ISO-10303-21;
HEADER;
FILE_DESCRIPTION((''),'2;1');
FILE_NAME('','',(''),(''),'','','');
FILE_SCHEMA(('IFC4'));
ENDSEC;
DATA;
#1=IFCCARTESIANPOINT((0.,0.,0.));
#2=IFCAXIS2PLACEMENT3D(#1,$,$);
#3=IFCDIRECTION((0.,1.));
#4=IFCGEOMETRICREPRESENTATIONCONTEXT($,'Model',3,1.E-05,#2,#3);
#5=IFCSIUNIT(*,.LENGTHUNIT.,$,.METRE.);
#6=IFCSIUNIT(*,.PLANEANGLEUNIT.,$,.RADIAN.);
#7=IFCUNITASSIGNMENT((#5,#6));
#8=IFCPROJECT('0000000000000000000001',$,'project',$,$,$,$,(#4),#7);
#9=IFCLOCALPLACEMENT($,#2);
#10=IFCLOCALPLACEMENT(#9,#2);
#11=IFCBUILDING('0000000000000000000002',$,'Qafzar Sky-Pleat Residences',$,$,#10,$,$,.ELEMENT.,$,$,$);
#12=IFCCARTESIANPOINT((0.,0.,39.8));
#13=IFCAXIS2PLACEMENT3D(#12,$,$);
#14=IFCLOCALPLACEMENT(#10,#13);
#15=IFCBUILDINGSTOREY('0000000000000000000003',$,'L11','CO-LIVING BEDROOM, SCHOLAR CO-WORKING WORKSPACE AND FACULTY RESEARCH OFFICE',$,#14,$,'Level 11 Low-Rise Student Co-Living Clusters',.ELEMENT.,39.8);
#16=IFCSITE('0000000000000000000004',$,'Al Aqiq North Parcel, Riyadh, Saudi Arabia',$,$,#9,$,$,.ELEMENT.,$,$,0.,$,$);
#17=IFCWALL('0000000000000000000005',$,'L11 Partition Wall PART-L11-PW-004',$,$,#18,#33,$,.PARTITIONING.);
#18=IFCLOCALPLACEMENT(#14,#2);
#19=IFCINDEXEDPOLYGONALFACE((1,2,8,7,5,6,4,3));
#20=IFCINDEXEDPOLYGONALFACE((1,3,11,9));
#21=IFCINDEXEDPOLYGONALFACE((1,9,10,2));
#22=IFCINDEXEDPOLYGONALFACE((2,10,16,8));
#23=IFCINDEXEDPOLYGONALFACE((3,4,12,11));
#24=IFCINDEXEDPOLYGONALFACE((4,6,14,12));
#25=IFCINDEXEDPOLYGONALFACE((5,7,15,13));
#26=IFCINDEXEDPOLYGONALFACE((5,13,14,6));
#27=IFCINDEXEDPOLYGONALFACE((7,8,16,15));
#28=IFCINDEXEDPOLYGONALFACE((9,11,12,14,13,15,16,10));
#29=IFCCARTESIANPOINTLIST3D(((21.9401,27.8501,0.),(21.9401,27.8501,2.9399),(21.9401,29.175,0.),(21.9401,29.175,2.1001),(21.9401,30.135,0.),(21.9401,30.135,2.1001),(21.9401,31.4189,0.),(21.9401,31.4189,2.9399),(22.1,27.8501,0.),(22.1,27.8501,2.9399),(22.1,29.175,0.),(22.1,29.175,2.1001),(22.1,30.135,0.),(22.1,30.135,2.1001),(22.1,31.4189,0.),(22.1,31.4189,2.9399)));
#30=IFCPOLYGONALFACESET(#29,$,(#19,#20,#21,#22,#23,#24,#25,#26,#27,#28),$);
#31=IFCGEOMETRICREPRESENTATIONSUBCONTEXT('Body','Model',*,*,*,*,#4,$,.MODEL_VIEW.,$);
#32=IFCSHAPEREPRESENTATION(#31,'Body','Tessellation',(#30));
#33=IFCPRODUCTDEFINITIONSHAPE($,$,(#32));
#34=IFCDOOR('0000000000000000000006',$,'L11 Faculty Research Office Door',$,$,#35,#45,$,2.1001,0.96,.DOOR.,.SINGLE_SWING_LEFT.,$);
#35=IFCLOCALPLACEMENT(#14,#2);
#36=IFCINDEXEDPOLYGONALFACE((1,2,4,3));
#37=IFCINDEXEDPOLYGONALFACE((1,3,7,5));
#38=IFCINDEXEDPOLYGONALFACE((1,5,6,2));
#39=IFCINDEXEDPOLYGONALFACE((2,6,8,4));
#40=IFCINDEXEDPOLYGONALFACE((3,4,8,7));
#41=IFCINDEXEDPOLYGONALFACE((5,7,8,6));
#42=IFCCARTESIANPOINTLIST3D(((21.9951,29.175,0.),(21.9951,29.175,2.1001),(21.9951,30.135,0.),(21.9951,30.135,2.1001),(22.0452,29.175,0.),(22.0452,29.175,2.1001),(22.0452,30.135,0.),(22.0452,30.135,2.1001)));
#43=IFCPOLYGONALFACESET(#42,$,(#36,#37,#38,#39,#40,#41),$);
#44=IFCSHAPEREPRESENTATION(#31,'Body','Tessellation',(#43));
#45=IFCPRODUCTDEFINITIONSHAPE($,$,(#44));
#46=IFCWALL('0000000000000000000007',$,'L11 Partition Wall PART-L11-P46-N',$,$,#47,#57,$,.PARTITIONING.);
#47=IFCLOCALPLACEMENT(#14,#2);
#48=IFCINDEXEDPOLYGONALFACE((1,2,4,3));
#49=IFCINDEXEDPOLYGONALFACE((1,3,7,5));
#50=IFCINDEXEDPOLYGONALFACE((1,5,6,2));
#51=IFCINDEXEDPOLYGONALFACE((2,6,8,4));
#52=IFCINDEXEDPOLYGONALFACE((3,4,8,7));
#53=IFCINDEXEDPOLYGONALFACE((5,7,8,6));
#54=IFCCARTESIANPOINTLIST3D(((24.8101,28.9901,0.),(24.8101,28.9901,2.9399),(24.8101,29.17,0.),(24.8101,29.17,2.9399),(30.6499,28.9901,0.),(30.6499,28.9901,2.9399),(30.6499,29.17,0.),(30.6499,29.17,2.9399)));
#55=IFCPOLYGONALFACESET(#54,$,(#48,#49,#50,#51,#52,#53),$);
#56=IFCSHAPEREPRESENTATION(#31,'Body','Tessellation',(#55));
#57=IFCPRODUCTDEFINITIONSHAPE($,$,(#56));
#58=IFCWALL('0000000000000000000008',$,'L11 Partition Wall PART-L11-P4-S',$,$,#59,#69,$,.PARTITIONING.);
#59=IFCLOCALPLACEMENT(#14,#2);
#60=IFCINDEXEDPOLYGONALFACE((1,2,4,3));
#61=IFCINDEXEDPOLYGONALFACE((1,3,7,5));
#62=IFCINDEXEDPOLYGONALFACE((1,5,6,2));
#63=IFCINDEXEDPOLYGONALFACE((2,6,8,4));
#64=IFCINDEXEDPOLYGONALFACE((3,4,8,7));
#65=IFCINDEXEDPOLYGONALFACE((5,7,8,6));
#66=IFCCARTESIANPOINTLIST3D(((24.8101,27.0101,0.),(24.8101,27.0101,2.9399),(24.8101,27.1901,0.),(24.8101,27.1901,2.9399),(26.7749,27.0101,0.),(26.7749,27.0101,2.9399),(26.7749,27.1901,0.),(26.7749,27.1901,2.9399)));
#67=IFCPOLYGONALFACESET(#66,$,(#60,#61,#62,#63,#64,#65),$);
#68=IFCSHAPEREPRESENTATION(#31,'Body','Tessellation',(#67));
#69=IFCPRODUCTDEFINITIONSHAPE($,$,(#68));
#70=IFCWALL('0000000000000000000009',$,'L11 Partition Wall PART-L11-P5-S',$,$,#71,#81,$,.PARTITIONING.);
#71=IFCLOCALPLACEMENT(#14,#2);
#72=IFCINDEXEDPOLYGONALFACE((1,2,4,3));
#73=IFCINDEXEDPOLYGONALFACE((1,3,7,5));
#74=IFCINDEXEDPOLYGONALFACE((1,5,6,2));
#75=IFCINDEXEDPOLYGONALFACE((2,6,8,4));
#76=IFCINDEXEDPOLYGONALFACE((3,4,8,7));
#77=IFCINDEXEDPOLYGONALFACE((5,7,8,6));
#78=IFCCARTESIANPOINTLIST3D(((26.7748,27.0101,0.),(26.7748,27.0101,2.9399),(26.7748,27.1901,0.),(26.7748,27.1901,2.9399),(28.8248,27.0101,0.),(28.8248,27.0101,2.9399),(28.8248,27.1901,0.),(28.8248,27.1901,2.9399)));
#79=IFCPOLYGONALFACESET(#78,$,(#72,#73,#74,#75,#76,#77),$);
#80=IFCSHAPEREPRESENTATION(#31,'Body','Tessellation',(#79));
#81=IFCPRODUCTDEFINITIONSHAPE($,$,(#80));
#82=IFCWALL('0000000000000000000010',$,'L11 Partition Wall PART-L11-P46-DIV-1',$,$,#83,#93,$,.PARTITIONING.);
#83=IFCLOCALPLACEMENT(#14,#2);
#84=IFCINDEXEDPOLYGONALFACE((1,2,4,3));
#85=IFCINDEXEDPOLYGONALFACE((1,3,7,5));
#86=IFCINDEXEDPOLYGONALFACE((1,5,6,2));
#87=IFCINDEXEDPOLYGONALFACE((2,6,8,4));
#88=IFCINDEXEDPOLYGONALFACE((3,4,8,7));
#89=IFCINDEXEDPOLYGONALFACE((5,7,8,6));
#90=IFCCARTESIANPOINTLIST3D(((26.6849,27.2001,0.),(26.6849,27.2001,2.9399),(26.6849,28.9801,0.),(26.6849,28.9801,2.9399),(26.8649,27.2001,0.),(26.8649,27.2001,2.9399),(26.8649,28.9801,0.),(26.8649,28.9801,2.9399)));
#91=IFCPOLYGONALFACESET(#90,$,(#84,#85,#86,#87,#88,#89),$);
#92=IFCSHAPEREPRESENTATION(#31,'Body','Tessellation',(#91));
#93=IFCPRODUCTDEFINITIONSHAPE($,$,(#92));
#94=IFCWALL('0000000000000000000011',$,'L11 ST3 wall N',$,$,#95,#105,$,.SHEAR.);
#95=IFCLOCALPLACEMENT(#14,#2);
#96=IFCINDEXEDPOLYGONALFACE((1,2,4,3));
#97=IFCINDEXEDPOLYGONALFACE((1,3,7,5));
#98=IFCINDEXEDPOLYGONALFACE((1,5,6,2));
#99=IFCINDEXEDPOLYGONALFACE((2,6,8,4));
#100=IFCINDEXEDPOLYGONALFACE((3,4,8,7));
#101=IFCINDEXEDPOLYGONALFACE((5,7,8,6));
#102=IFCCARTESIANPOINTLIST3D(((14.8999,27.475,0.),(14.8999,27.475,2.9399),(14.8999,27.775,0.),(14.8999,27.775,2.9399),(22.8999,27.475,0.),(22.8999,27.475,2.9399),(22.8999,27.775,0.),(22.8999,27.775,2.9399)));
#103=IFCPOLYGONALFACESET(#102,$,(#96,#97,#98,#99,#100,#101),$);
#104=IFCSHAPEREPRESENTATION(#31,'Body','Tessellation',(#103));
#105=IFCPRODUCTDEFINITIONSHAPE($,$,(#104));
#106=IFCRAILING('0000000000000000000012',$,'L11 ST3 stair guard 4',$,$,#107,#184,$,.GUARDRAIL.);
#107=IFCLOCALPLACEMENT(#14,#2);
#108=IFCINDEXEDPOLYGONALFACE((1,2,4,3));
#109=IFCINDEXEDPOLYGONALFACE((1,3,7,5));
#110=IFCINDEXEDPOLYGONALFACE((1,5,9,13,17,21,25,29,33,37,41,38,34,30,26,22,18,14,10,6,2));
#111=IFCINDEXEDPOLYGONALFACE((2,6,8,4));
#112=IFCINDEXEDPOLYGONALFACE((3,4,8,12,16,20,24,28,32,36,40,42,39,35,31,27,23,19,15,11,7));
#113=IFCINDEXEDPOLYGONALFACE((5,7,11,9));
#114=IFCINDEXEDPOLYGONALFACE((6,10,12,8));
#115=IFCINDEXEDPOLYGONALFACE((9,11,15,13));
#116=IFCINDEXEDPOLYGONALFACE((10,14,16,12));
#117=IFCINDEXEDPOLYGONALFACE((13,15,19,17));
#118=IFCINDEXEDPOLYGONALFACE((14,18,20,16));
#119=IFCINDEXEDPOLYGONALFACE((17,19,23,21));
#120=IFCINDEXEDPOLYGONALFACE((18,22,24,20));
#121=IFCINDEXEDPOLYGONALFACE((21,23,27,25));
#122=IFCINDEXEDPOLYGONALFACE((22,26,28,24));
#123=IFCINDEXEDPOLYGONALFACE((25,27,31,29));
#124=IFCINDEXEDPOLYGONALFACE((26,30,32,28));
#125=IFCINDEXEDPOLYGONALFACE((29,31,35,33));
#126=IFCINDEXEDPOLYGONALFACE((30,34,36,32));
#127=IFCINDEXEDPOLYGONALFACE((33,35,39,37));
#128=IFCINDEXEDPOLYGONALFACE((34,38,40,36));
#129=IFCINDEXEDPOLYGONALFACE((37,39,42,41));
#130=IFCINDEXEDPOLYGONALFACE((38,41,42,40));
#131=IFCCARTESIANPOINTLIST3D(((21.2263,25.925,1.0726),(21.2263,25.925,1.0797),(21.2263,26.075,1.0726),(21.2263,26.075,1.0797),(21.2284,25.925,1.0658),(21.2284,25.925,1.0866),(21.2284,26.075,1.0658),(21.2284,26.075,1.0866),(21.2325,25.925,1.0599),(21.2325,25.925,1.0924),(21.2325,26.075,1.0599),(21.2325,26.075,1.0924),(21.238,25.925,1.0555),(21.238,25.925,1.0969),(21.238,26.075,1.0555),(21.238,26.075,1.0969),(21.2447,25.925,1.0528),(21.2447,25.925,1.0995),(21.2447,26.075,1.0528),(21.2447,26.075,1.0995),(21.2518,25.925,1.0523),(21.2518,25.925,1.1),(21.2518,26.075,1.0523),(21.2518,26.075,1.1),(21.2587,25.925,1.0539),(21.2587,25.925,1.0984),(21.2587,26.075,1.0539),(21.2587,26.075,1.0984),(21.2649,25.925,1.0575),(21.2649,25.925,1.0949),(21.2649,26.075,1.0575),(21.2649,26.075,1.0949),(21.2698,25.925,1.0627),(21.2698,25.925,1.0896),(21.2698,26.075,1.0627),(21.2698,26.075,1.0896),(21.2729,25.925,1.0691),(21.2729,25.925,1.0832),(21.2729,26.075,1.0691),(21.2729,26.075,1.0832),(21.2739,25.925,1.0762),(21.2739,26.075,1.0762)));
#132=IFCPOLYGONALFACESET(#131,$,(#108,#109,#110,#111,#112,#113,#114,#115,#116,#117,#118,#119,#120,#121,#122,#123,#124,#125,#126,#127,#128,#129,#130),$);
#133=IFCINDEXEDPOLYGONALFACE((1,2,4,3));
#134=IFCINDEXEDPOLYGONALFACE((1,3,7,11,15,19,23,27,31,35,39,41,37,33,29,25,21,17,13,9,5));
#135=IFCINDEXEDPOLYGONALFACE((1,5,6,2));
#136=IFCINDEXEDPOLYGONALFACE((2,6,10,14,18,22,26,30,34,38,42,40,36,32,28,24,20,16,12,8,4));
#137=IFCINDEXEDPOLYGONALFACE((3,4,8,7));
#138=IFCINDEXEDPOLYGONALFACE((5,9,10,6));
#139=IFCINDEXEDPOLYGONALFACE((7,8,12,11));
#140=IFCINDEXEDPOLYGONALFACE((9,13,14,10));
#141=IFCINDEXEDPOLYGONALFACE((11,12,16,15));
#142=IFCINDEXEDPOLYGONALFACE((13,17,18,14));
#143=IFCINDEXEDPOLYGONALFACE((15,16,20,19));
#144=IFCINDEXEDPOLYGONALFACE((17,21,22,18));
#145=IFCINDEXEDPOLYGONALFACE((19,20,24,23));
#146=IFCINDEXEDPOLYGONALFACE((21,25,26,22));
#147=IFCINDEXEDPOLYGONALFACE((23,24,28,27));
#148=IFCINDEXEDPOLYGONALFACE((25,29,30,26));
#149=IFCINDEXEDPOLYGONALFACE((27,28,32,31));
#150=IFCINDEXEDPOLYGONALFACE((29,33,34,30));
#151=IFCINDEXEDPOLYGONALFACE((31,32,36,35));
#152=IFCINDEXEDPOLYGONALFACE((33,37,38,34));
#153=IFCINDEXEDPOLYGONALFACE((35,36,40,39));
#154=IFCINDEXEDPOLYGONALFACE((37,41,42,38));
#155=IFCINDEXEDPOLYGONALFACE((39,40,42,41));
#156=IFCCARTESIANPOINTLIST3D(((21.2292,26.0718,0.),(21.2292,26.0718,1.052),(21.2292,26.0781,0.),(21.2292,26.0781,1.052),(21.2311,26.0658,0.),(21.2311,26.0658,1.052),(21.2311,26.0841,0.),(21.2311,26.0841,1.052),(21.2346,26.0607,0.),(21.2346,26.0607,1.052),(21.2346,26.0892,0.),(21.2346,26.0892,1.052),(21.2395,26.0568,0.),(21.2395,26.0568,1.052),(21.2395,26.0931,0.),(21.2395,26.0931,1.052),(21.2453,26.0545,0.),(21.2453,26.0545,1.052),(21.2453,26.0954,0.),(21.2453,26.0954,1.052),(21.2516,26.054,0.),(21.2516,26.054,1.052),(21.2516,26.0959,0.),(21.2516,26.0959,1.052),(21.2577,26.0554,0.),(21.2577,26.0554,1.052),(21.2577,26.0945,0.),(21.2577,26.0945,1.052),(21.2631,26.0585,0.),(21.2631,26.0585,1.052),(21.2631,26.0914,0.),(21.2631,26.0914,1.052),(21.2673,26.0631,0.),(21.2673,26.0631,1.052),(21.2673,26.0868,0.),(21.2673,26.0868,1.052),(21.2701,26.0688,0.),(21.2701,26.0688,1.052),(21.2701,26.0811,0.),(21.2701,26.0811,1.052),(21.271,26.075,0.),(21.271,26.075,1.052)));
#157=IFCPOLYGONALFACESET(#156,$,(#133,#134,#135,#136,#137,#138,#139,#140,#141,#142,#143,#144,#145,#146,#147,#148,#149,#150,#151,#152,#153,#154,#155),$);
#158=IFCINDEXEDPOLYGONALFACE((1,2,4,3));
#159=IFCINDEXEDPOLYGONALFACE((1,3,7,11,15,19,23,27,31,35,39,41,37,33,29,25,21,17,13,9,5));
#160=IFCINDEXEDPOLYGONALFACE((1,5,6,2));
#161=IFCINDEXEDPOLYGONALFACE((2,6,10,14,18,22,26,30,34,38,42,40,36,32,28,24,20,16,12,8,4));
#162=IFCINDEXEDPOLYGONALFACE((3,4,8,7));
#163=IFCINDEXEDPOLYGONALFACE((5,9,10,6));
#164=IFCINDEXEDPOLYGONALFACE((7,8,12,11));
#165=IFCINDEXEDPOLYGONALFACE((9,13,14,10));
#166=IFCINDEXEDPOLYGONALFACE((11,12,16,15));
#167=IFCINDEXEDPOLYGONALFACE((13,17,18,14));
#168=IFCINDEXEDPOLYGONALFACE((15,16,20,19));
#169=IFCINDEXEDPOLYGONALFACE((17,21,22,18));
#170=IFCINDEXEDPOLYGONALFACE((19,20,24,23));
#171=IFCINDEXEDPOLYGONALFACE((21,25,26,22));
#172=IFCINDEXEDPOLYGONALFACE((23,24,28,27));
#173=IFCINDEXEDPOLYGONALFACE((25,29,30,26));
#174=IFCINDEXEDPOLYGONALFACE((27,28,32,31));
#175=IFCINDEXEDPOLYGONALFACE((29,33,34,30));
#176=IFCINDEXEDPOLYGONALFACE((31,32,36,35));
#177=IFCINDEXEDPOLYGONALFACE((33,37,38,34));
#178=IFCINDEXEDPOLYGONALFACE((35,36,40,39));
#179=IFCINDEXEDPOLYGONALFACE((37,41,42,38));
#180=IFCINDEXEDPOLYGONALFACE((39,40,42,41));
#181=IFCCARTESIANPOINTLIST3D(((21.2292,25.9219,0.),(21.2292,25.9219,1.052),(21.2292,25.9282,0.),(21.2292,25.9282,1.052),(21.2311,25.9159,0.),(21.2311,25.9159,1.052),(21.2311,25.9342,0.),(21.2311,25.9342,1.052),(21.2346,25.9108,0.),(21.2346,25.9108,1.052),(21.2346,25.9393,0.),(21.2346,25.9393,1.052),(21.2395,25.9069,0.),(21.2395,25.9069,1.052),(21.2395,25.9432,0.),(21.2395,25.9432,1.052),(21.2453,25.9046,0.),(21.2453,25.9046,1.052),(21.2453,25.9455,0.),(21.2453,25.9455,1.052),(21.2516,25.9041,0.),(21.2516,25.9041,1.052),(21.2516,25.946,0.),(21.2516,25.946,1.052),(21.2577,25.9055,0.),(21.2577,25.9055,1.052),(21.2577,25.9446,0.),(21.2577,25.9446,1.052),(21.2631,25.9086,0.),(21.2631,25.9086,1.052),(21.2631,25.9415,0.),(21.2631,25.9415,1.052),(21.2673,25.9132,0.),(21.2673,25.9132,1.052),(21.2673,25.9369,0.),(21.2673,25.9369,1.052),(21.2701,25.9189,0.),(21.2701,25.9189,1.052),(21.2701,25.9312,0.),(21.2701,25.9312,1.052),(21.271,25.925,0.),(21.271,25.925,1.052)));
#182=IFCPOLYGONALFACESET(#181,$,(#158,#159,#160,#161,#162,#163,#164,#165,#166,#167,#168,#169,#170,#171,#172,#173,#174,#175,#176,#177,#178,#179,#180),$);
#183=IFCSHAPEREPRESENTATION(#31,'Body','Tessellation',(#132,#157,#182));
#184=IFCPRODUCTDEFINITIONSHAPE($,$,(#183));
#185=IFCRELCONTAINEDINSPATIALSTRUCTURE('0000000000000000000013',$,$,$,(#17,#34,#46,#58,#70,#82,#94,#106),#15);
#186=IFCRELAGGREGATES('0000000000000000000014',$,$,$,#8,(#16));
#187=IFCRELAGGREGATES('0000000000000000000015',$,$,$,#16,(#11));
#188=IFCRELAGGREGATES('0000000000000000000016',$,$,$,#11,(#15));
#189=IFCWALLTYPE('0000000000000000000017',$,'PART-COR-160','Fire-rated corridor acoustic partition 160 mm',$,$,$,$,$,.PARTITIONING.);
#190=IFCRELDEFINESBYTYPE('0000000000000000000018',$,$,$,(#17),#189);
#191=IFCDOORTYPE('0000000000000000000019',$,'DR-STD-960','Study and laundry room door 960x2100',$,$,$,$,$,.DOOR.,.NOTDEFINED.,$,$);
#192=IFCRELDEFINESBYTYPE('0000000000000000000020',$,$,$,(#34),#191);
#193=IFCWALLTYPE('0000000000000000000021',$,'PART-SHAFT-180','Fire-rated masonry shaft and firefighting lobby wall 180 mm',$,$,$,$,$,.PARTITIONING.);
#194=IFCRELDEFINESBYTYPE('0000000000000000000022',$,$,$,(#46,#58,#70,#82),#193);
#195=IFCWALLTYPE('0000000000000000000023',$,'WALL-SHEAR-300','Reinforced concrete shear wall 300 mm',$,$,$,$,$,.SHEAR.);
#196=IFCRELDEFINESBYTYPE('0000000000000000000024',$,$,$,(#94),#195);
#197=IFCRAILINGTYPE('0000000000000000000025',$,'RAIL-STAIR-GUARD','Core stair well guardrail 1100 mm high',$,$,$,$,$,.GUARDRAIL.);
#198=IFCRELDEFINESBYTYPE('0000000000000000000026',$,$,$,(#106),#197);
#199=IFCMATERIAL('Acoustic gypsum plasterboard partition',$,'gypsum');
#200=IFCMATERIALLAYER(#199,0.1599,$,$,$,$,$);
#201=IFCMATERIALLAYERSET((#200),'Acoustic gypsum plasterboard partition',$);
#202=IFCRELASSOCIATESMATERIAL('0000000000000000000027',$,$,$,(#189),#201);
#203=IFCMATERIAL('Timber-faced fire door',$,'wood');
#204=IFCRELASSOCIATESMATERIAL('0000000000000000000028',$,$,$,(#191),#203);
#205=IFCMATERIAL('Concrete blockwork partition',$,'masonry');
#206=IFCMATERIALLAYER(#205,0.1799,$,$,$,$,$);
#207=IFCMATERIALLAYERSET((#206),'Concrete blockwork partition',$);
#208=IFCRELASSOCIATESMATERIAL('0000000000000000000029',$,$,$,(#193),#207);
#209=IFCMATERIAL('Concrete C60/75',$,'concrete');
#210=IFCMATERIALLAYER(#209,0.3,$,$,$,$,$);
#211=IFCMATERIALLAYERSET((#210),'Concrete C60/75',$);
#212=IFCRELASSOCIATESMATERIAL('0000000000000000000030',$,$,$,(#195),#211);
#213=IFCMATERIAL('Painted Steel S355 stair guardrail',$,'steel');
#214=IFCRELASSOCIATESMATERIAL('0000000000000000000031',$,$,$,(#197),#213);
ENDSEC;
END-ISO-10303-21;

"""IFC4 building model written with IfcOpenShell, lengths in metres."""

from ifc_helpers import new_model, si_unit, direction, frame, frame_2d, origin, origin_2d, place, context, subcontext, project, spatial, rectangle, circle, extrude, source, transform, mapped, material, layer, layer_set, type_object, element, fill, save


model = new_model("IFC4")

# Units and contexts
model_context = context("Model", 3, precision=1e-05, world=origin(), true_north=direction((0.0, 1.0)))
body_context = subcontext(model_context, "Body", "Model", "MODEL_VIEW")
ifc_project = project(units=[si_unit("LENGTHUNIT", "METRE"), si_unit("PLANEANGLEUNIT", "RADIAN")], contexts=[model_context])

# Site, building, storey
site_placement = place(None, origin())
site = spatial("IfcSite", under=ifc_project, at=site_placement, Name="Al Aqiq North Parcel, Riyadh, Saudi Arabia", CompositionType="ELEMENT", RefElevation=0.0)
building_placement = place(site_placement, origin())
building = spatial("IfcBuilding", under=site, at=building_placement, Name="Qafzar Sky-Pleat Residences", CompositionType="ELEMENT")
storey_placement = place(building_placement, frame((0.0, 0.0, 39.8)))
storey = spatial("IfcBuildingStorey", under=building, at=storey_placement, Name="L11", Description="CO-LIVING BEDROOM, SCHOLAR CO-WORKING WORKSPACE AND FACULTY RESEARCH OFFICE", LongName="Level 11 Low-Rise Student Co-Living Clusters", CompositionType="ELEMENT", Elevation=39.8)

# Wall, opening, door
ifc_material_1 = material(Name="Acoustic gypsum plasterboard partition", Category="gypsum")
ifc_layer_1 = layer(ifc_material_1, 0.1599)
ifc_layer_set_1 = layer_set([ifc_layer_1], Name="Acoustic gypsum plasterboard partition")
wall_type_1 = type_object("IfcWallType", Name="PART-COR-160", Description="Fire-rated corridor acoustic partition 160 mm", PredefinedType="PARTITIONING", material=ifc_layer_set_1)
wall_1_placement = place(storey_placement, frame((22.02, 27.8501, 0.0), z_axis=(0.0, 0.0, 1.0), x_axis=(0.0, 1.0, 0.0)))
wall_1 = element("IfcWall", 1, at=wall_1_placement, inside=storey, type_object=wall_type_1, Name="L11 Partition Wall PART-L11-PW-004", PredefinedType="PARTITIONING", context=body_context, shape_type="SweptSolid", body=[
    extrude(rectangle(XDim=3.5688, YDim=0.1599, at=frame_2d((1.7844, 0.0))), origin(), (0.0, 0.0, 1.0), 2.9399),
])
opening_1_placement = place(wall_1_placement, frame((1.325, 0.0, 0.0)))
opening_1 = element("IfcOpeningElement", 2, at=opening_1_placement, cuts=wall_1, PredefinedType="OPENING", context=body_context, shape_type="SweptSolid", body=[
    extrude(rectangle(XDim=0.96, YDim=2.1001, at=frame_2d((0.48, 1.05))), frame((0.0, 0.0898, 0.0), z_axis=(0.0, -1.0, 0.0), x_axis=(1.0, 0.0, 0.0)), (0.0, 0.0, 1.0), 0.1799),
])
ifc_material_2 = material(Name="Timber-faced fire door", Category="wood")
door_type_1 = type_object("IfcDoorType", Name="DR-STD-960", Description="Study and laundry room door 960x2100", OperationType="NOTDEFINED", PredefinedType="DOOR", material=ifc_material_2)
shared_shape_1 = source(origin(), body_context, "Body", "SweptSolid", [
    extrude(rectangle(XDim=0.96, YDim=2.1001, at=frame_2d((0.48, 1.05))), frame((0.0, 0.0249, 0.0), z_axis=(0.0, -1.0, 0.0), x_axis=(1.0, 0.0, 0.0)), (0.0, 0.0, 1.0), 0.05),
])
door_1_placement = place(opening_1_placement, origin())
door_1 = element("IfcDoor", 3, at=door_1_placement, inside=storey, type_object=door_type_1, Name="L11 Faculty Research Office Door", OperationType="SINGLE_SWING_LEFT", OverallHeight=2.1001, OverallWidth=0.96, PredefinedType="DOOR", context=body_context, shape_type="MappedRepresentation", body=[
    mapped(shared_shape_1, transform((0.0, 0.0, 0.0), x_axis=(1.0, 0.0, 0.0), y_axis=(0.0, 1.0, 0.0), z_axis=(0.0, 0.0, 1.0), scale=1.0)),
])
fill(opening_1, door_1)
ifc_material_3 = material(Name="Concrete blockwork partition", Category="masonry")
ifc_layer_2 = layer(ifc_material_3, 0.1799)
ifc_layer_set_2 = layer_set([ifc_layer_2], Name="Concrete blockwork partition")
wall_type_2 = type_object("IfcWallType", Name="PART-SHAFT-180", Description="Fire-rated masonry shaft and firefighting lobby wall 180 mm", PredefinedType="PARTITIONING", material=ifc_layer_set_2)

# Walls
wall_2_placement = place(storey_placement, frame((24.8101, 29.0801, 0.0), z_axis=(0.0, 0.0, 1.0), x_axis=(1.0, 0.0, 0.0)))
element("IfcWall", 4, at=wall_2_placement, inside=storey, type_object=wall_type_2, Name="L11 Partition Wall PART-L11-P46-N", PredefinedType="PARTITIONING", context=body_context, shape_type="SweptSolid", body=[
    extrude(rectangle(XDim=5.8398, YDim=0.1799, at=frame_2d((2.9199, 0.0))), origin(), (0.0, 0.0, 1.0), 2.9399),
])
wall_3_placement = place(storey_placement, frame((24.8101, 27.1001, 0.0), z_axis=(0.0, 0.0, 1.0), x_axis=(1.0, 0.0, 0.0)))
element("IfcWall", 5, at=wall_3_placement, inside=storey, type_object=wall_type_2, Name="L11 Partition Wall PART-L11-P4-S", PredefinedType="PARTITIONING", context=body_context, shape_type="SweptSolid", body=[
    extrude(rectangle(XDim=1.9648, YDim=0.1799, at=frame_2d((0.9824, 0.0))), origin(), (0.0, 0.0, 1.0), 2.9399),
])
wall_4_placement = place(storey_placement, frame((26.7749, 27.1001, 0.0), z_axis=(0.0, 0.0, 1.0), x_axis=(1.0, 0.0, 0.0)))
element("IfcWall", 6, at=wall_4_placement, inside=storey, type_object=wall_type_2, Name="L11 Partition Wall PART-L11-P5-S", PredefinedType="PARTITIONING", context=body_context, shape_type="SweptSolid", body=[
    extrude(rectangle(XDim=2.05, YDim=0.1799, at=frame_2d((1.0249, 0.0))), origin(), (0.0, 0.0, 1.0), 2.9399),
])
wall_5_placement = place(storey_placement, frame((26.7749, 27.2, 0.0), z_axis=(0.0, 0.0, 1.0), x_axis=(0.0, 1.0, 0.0)))
element("IfcWall", 7, at=wall_5_placement, inside=storey, type_object=wall_type_2, Name="L11 Partition Wall PART-L11-P46-DIV-1", PredefinedType="PARTITIONING", context=body_context, shape_type="SweptSolid", body=[
    extrude(rectangle(XDim=1.78, YDim=0.1799, at=frame_2d((0.8901, 0.0))), origin(), (0.0, 0.0, 1.0), 2.9399),
])
ifc_material_4 = material(Name="Concrete C60/75", Category="concrete")
ifc_layer_3 = layer(ifc_material_4, 0.3)
ifc_layer_set_3 = layer_set([ifc_layer_3], Name="Concrete C60/75")
wall_type_3 = type_object("IfcWallType", Name="WALL-SHEAR-300", Description="Reinforced concrete shear wall 300 mm", PredefinedType="SHEAR", material=ifc_layer_set_3)
wall_6_placement = place(storey_placement, frame((22.8999, 27.625, 0.0), z_axis=(0.0, 0.0, 1.0), x_axis=(-1.0, 0.0, 0.0)))
element("IfcWall", 8, at=wall_6_placement, inside=storey, type_object=wall_type_3, Name="L11 ST3 wall N", PredefinedType="SHEAR", context=body_context, shape_type="SweptSolid", body=[
    extrude(rectangle(XDim=8.0, YDim=0.3, at=frame_2d((4.0, 0.0))), origin(), (0.0, 0.0, 1.0), 2.9399),
])

# Railing
ifc_material_5 = material(Name="Painted Steel S355 stair guardrail", Category="steel")
railing_type_1 = type_object("IfcRailingType", Name="RAIL-STAIR-GUARD", Description="Core stair well guardrail 1100 mm high", PredefinedType="GUARDRAIL", material=ifc_material_5)
shared_shape_2 = source(origin(), body_context, "Body", "SweptSolid", [
    extrude(circle(Radius=0.0239, at=origin_2d()), frame((0.0, 0.0, 1.0762), z_axis=(0.0, -1.0, 0.0), x_axis=(1.0, 0.0, 0.0)), (0.0, 0.0, 1.0), 0.1499),
    extrude(circle(Radius=0.021, at=origin_2d()), origin(), (0.0, 0.0, 1.0), 1.052),
    extrude(circle(Radius=0.021, at=origin_2d()), frame((0.0, -0.1499, 0.0)), (0.0, 0.0, 1.0), 1.052),
])
railing_1_placement = place(storey_placement, frame((21.25, 26.075, 0.0)))
element("IfcRailing", 9, at=railing_1_placement, inside=storey, type_object=railing_type_1, Name="L11 ST3 stair guard 4", PredefinedType="GUARDRAIL", context=body_context, shape_type="MappedRepresentation", body=[
    mapped(shared_shape_2, transform((0.0, 0.0, 0.0), x_axis=(1.0, 0.0, 0.0), y_axis=(0.0, 1.0, 0.0), z_axis=(0.0, 0.0, 1.0), scale=1.0)),
])

save(model, "model.ifc")
